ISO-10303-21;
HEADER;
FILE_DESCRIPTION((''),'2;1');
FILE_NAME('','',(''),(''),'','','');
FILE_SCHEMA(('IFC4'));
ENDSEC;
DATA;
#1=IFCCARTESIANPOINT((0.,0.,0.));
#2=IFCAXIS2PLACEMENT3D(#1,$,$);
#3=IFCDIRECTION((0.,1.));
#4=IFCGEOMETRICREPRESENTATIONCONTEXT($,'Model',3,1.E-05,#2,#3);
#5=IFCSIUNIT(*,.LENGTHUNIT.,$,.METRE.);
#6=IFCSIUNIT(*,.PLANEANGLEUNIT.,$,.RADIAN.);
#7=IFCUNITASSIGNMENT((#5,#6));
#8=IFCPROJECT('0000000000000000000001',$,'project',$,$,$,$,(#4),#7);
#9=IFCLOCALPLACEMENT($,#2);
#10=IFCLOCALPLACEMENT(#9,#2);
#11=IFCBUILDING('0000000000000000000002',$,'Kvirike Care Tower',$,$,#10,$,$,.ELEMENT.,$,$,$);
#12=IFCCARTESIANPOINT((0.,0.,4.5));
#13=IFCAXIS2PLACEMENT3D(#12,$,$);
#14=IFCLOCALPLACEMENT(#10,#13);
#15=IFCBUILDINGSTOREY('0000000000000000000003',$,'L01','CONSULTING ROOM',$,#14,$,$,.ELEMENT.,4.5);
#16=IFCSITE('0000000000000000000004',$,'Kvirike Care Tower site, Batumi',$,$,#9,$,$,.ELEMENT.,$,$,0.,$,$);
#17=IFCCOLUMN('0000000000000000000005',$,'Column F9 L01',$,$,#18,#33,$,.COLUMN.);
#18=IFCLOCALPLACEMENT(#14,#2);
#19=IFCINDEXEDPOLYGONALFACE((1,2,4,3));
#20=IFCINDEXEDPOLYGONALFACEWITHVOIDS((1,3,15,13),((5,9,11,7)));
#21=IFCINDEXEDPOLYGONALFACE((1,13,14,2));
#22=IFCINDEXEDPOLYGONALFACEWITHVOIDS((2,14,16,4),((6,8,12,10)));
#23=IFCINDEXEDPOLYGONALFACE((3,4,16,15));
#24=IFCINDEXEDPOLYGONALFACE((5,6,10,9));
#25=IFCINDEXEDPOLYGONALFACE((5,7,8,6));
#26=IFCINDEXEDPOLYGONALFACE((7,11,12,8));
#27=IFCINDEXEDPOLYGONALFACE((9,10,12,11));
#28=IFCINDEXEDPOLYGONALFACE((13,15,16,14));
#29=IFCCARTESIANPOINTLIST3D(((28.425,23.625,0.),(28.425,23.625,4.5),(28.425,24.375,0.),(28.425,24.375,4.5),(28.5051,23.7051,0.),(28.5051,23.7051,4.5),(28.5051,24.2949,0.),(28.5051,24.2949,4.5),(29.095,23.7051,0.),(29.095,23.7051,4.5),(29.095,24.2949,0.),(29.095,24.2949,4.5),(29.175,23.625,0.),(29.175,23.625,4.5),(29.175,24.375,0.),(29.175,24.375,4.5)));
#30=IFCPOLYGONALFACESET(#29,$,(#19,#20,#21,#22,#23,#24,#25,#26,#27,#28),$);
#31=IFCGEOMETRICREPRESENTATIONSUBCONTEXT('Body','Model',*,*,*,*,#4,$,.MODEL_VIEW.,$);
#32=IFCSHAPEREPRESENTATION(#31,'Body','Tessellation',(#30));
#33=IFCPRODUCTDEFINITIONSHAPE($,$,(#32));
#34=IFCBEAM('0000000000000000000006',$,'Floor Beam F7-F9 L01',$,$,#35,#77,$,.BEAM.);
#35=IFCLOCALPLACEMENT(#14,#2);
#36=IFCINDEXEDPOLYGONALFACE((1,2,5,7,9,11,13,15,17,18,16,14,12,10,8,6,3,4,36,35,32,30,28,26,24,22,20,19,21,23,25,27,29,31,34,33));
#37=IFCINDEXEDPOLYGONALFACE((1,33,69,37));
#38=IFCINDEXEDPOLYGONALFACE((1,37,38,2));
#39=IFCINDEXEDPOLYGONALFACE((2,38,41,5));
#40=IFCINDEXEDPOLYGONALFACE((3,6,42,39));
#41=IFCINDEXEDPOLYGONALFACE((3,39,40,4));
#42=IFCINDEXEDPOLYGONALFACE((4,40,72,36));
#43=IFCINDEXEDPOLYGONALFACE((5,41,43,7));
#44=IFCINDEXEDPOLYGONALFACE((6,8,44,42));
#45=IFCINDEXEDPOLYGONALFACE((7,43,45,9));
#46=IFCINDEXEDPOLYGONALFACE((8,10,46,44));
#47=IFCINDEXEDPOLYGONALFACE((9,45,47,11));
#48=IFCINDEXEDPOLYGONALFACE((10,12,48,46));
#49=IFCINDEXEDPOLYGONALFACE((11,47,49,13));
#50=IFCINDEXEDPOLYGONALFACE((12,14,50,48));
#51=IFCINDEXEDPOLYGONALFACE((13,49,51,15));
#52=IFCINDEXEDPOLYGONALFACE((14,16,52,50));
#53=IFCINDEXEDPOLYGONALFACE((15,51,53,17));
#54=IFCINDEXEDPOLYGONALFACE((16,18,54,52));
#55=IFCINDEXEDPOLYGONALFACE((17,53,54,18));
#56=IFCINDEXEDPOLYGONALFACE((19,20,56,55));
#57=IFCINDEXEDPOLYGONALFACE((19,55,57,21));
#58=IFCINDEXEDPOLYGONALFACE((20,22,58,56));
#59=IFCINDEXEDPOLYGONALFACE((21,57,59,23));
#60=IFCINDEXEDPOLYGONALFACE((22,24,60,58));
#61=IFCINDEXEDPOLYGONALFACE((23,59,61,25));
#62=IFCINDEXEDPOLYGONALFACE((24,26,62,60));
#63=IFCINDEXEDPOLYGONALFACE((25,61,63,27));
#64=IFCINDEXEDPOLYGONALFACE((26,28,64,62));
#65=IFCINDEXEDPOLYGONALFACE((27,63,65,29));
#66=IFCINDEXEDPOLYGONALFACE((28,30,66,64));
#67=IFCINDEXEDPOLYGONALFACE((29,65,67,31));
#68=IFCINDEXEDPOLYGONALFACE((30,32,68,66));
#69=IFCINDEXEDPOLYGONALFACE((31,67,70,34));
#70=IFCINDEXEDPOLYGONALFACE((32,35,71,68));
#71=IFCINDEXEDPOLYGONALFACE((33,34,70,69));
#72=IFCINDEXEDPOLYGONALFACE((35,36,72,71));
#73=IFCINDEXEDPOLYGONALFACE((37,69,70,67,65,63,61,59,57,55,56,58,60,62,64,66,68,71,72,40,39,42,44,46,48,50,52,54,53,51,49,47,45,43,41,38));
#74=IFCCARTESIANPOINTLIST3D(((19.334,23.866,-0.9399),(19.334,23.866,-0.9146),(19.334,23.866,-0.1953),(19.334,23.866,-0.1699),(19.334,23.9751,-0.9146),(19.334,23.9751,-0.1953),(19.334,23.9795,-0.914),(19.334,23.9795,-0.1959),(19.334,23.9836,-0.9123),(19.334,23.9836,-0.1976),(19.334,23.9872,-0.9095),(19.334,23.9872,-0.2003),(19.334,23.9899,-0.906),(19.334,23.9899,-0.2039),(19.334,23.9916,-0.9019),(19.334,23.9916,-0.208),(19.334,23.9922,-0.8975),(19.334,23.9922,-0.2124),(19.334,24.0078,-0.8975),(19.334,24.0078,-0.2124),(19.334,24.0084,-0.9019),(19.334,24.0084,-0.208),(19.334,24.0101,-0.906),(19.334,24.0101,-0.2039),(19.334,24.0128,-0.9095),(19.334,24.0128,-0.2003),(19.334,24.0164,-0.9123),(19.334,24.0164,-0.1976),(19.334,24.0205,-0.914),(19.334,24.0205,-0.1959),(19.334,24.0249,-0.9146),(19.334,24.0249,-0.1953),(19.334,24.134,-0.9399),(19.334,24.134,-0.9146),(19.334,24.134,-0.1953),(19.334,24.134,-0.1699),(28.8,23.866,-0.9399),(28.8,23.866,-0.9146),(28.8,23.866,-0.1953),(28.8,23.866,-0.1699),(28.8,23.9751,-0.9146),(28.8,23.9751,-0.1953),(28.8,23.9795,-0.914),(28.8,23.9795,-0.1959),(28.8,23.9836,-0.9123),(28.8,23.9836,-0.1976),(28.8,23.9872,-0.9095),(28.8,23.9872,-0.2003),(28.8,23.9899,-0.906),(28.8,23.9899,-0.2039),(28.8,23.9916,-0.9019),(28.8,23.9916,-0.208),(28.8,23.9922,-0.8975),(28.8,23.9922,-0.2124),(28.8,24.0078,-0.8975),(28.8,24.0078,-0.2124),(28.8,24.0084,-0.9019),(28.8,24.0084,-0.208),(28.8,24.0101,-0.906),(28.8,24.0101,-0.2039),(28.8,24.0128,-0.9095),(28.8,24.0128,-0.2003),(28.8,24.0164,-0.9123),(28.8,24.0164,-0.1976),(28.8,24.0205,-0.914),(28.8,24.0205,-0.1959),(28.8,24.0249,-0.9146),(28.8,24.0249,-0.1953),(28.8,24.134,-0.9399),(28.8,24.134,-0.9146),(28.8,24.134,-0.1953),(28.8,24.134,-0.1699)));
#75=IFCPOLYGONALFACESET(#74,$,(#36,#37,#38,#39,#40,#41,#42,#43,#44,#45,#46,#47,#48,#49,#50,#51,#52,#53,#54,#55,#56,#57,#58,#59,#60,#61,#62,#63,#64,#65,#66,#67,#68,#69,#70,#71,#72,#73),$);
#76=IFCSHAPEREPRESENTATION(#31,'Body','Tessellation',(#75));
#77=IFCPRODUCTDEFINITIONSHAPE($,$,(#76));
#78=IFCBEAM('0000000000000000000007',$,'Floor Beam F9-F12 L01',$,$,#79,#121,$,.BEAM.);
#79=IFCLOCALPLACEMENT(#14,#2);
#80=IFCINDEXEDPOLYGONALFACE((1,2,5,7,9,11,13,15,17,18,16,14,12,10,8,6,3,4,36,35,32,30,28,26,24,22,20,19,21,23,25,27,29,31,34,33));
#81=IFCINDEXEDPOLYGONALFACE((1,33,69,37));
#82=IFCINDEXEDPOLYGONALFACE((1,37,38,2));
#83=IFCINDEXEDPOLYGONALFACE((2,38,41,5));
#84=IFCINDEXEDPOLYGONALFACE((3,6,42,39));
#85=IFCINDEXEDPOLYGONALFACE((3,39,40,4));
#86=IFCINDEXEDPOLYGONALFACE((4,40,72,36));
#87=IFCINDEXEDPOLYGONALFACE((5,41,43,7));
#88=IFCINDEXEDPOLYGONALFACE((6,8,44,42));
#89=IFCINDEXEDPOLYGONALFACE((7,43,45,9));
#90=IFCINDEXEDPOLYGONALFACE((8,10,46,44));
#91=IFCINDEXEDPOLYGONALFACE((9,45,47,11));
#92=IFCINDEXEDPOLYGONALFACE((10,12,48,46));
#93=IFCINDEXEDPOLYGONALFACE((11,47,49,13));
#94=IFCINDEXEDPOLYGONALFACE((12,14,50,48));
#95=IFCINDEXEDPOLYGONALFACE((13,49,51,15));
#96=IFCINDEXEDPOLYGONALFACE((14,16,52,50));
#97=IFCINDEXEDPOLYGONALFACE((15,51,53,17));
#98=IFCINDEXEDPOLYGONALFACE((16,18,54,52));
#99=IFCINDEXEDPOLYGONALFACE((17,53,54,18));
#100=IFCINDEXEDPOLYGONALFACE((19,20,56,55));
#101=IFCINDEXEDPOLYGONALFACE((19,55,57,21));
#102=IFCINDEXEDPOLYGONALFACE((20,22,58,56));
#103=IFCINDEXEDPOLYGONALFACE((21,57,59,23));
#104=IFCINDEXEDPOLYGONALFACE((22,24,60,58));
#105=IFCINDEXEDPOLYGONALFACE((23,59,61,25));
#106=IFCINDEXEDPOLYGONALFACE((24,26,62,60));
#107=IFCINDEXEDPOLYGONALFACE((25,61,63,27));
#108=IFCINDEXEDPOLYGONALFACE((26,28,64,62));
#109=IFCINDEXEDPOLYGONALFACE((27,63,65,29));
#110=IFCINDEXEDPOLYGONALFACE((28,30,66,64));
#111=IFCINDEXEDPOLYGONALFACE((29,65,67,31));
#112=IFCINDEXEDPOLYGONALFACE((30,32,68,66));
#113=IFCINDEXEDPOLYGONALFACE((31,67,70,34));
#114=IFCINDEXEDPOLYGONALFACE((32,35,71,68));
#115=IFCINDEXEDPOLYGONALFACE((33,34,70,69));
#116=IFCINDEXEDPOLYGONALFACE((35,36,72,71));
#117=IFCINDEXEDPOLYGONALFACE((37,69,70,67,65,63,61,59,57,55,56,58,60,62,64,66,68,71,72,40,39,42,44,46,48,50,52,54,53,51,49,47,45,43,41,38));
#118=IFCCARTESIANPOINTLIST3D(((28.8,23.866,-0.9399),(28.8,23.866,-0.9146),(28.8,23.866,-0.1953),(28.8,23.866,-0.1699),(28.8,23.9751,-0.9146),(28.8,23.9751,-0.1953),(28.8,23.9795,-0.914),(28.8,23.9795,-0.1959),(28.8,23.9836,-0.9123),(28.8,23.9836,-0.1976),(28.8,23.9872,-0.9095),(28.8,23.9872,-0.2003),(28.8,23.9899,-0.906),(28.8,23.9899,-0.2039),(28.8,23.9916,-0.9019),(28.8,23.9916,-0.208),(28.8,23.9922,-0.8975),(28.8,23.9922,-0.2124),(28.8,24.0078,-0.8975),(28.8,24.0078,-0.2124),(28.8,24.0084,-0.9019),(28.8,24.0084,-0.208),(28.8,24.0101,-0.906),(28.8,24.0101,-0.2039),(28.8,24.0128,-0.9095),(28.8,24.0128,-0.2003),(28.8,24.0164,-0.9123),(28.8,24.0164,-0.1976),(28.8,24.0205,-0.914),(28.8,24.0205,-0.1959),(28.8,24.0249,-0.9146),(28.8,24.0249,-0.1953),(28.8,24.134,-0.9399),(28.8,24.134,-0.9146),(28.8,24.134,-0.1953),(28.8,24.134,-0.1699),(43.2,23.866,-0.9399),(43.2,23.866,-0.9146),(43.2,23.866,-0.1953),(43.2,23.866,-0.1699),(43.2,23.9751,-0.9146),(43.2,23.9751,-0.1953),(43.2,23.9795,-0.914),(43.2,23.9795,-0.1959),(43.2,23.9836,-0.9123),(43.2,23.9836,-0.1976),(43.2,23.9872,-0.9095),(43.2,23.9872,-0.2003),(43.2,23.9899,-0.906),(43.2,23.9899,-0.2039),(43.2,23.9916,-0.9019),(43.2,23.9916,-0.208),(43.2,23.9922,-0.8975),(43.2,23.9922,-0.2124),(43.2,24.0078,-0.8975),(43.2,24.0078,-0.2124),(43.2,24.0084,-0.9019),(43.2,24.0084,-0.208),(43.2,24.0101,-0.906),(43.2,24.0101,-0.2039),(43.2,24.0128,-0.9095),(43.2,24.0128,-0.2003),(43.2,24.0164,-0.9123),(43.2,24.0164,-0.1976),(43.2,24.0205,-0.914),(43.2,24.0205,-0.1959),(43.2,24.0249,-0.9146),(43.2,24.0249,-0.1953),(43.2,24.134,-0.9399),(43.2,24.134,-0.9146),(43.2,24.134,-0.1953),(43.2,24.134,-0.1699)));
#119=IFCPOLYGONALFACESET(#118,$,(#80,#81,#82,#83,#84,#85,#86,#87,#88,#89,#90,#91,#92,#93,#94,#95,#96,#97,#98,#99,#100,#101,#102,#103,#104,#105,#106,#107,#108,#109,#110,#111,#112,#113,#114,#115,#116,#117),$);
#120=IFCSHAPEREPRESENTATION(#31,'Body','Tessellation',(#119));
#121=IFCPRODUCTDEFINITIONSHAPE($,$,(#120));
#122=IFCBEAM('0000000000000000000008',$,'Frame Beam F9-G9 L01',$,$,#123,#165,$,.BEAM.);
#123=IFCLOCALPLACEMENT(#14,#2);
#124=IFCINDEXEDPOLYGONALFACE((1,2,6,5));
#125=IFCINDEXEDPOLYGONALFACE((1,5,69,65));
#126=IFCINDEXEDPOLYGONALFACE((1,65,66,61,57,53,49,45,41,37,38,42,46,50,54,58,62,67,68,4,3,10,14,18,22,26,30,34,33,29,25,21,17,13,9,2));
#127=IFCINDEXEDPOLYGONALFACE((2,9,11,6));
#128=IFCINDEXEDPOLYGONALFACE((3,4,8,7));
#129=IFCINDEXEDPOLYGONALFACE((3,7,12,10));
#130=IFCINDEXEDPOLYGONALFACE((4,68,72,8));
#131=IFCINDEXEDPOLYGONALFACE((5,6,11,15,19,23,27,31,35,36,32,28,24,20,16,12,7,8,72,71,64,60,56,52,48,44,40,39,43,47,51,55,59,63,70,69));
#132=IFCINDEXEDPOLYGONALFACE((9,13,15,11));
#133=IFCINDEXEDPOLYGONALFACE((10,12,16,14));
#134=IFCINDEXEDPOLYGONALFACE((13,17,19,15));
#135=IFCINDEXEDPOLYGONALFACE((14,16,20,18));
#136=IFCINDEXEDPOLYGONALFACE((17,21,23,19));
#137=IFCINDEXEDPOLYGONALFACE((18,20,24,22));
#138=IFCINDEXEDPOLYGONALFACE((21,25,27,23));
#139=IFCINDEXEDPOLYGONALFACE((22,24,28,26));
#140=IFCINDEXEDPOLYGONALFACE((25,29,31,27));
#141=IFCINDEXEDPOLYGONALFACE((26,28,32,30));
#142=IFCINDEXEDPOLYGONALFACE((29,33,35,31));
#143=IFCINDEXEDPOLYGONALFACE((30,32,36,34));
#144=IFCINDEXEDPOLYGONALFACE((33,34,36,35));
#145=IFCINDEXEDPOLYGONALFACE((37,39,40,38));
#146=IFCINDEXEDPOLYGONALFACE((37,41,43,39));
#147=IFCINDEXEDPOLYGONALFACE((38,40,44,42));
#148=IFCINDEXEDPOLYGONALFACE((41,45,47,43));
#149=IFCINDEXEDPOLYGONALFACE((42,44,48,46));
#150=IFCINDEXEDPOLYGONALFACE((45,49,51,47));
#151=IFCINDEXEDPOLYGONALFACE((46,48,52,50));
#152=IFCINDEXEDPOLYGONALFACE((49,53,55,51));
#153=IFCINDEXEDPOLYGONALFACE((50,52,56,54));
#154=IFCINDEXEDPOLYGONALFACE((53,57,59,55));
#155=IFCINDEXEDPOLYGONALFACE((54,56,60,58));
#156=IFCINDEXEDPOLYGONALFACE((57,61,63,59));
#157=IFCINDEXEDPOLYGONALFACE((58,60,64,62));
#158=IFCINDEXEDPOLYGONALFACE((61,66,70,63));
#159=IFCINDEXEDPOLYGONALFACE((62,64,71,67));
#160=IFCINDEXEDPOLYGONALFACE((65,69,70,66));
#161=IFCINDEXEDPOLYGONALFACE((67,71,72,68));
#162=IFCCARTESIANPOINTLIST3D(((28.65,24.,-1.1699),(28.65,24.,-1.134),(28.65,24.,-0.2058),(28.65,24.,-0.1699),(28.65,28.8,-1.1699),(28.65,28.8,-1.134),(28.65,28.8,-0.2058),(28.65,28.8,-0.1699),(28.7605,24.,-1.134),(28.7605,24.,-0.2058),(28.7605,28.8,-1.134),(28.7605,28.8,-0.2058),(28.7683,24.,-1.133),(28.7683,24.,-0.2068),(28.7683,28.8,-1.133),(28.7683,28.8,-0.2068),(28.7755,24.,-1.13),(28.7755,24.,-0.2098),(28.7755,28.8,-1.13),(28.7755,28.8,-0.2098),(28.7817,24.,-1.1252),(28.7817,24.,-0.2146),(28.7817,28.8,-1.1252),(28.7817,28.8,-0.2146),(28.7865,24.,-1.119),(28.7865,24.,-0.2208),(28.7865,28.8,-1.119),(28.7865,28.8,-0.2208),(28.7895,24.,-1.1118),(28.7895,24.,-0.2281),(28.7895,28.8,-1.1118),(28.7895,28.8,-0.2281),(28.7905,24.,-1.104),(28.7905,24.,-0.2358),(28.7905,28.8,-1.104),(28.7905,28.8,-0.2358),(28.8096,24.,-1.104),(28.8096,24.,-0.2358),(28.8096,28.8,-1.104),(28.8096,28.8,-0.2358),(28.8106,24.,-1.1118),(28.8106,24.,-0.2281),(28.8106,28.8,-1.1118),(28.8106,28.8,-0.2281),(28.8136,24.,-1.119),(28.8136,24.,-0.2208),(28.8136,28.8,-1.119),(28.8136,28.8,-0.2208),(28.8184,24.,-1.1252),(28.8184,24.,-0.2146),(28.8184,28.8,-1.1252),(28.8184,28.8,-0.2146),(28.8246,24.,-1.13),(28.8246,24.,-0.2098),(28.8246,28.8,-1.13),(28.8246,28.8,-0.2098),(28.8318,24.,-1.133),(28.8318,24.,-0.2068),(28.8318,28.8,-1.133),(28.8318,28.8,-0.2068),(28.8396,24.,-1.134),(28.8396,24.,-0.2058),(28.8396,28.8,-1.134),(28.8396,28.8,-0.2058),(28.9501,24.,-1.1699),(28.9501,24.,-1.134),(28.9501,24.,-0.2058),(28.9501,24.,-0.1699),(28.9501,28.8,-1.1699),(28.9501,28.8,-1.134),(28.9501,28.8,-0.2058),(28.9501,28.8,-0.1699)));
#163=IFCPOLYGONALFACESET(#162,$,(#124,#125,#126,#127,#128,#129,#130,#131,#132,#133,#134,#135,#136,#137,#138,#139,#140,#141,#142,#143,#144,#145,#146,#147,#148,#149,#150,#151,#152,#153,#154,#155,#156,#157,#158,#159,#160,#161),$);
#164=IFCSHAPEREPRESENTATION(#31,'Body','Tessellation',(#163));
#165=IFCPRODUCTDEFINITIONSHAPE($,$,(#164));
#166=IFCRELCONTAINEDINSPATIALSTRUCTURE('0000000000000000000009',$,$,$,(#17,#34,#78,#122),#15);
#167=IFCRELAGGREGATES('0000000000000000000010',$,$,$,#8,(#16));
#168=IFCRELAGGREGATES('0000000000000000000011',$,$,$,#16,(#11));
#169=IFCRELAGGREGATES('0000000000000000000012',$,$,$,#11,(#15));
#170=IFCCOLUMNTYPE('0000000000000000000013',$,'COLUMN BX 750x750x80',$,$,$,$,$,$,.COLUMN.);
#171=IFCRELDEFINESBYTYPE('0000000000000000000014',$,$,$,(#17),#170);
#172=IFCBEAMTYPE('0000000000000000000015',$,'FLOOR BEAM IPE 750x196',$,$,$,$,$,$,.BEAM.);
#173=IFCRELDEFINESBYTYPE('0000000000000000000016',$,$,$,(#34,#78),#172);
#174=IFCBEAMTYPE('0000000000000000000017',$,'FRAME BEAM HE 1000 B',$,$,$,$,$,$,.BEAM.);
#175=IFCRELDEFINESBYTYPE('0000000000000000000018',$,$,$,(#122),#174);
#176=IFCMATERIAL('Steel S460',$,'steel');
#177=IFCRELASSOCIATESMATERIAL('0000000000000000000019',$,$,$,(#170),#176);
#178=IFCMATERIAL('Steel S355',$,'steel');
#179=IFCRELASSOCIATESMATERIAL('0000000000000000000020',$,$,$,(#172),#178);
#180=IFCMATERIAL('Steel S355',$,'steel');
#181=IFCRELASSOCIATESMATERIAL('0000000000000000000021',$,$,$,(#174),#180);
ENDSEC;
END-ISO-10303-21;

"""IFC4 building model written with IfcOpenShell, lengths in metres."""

from ifc_helpers import new_model, si_unit, direction, frame, origin, origin_2d, place, context, subcontext, project, spatial, hollow_rectangle, i_section, extrude, material, material_profile, profile_set, type_object, element, save


model = new_model("IFC4")

# Units and contexts
model_context = context("Model", 3, precision=1e-05, world=origin(), true_north=direction((0.0, 1.0)))
body_context = subcontext(model_context, "Body", "Model", "MODEL_VIEW")
ifc_project = project(units=[si_unit("LENGTHUNIT", "METRE"), si_unit("PLANEANGLEUNIT", "RADIAN")], contexts=[model_context])

# Site, building, storey
site_placement = place(None, origin())
site = spatial("IfcSite", under=ifc_project, at=site_placement, Name="Kvirike Care Tower site, Batumi", CompositionType="ELEMENT", RefElevation=0.0)
building_placement = place(site_placement, origin())
building = spatial("IfcBuilding", under=site, at=building_placement, Name="Kvirike Care Tower", CompositionType="ELEMENT")
storey_placement = place(building_placement, frame((0.0, 0.0, 4.5)))
storey = spatial("IfcBuildingStorey", under=building, at=storey_placement, Name="L01", Description="CONSULTING ROOM", CompositionType="ELEMENT", Elevation=4.5)

# Column
ifc_material_1 = material(Name="Steel S460", Category="steel")
ifc_material_profile_1 = material_profile(ifc_material_1, hollow_rectangle(XDim=0.75, YDim=0.75, WallThickness=0.0801, at=origin_2d()), Name="BX 750x750x80")
ifc_profile_set_1 = profile_set([ifc_material_profile_1], Name="Steel S460")
column_type = type_object("IfcColumnType", Name="COLUMN BX 750x750x80", PredefinedType="COLUMN", material=ifc_profile_set_1)
column_placement = place(storey_placement, frame((28.8, 24.0, 0.0), z_axis=(0.0, 0.0, 1.0), x_axis=(1.0, 0.0, 0.0)))
element("IfcColumn", 1, at=column_placement, inside=storey, type_object=column_type, Name="Column F9 L01", PredefinedType="COLUMN", context=body_context, shape_type="SweptSolid", body=[
    extrude(hollow_rectangle(XDim=0.75, YDim=0.75, WallThickness=0.0801, at=origin_2d()), origin(), (0.0, 0.0, 1.0), 4.5),
])

# Beams
ifc_material_2 = material(Name="Steel S355", Category="steel")
ifc_material_profile_2 = material_profile(ifc_material_2, i_section(OverallWidth=0.2681, OverallDepth=0.77, WebThickness=0.0156, FlangeThickness=0.0254, FilletRadius=0.0171, at=origin_2d()), Name="IPE 750x196")
ifc_profile_set_2 = profile_set([ifc_material_profile_2], Name="Steel S355")
beam_type_1 = type_object("IfcBeamType", Name="FLOOR BEAM IPE 750x196", PredefinedType="BEAM", material=ifc_profile_set_2)
beam_1_placement = place(storey_placement, frame((19.334, 24.0, -0.5549), z_axis=(1.0, 0.0, 0.0), x_axis=(0.0, 1.0, 0.0)))
element("IfcBeam", 2, at=beam_1_placement, inside=storey, type_object=beam_type_1, Name="Floor Beam F7-F9 L01", PredefinedType="BEAM", context=body_context, shape_type="SweptSolid", body=[
    extrude(i_section(OverallWidth=0.2681, OverallDepth=0.77, WebThickness=0.0156, FlangeThickness=0.0254, FilletRadius=0.0171, at=origin_2d()), origin(), (0.0, 0.0, 1.0), 9.4661),
])
beam_2_placement = place(storey_placement, frame((28.8, 24.0, -0.5549), z_axis=(1.0, 0.0, 0.0), x_axis=(0.0, 1.0, 0.0)))
element("IfcBeam", 3, at=beam_2_placement, inside=storey, type_object=beam_type_1, Name="Floor Beam F9-F12 L01", PredefinedType="BEAM", context=body_context, shape_type="SweptSolid", body=[
    extrude(i_section(OverallWidth=0.2681, OverallDepth=0.77, WebThickness=0.0156, FlangeThickness=0.0254, FilletRadius=0.0171, at=origin_2d()), origin(), (0.0, 0.0, 1.0), 14.3999),
])
ifc_material_3 = material(Name="Steel S355", Category="steel")
ifc_material_profile_3 = material_profile(ifc_material_3, i_section(OverallWidth=0.3, OverallDepth=1.0, WebThickness=0.019, FlangeThickness=0.0359, FilletRadius=0.03, at=origin_2d()), Name="HE 1000 B")
ifc_profile_set_3 = profile_set([ifc_material_profile_3], Name="Steel S355")
beam_type_2 = type_object("IfcBeamType", Name="FRAME BEAM HE 1000 B", PredefinedType="BEAM", material=ifc_profile_set_3)
beam_3_placement = place(storey_placement, frame((28.8, 24.0, -0.6699), z_axis=(0.0, 1.0, 0.0), x_axis=(-1.0, 0.0, 0.0)))
element("IfcBeam", 4, at=beam_3_placement, inside=storey, type_object=beam_type_2, Name="Frame Beam F9-G9 L01", PredefinedType="BEAM", context=body_context, shape_type="SweptSolid", body=[
    extrude(i_section(OverallWidth=0.3, OverallDepth=1.0, WebThickness=0.019, FlangeThickness=0.0359, FilletRadius=0.03, at=origin_2d()), origin(), (0.0, 0.0, 1.0), 4.8),
])

save(model, "model.ifc")
